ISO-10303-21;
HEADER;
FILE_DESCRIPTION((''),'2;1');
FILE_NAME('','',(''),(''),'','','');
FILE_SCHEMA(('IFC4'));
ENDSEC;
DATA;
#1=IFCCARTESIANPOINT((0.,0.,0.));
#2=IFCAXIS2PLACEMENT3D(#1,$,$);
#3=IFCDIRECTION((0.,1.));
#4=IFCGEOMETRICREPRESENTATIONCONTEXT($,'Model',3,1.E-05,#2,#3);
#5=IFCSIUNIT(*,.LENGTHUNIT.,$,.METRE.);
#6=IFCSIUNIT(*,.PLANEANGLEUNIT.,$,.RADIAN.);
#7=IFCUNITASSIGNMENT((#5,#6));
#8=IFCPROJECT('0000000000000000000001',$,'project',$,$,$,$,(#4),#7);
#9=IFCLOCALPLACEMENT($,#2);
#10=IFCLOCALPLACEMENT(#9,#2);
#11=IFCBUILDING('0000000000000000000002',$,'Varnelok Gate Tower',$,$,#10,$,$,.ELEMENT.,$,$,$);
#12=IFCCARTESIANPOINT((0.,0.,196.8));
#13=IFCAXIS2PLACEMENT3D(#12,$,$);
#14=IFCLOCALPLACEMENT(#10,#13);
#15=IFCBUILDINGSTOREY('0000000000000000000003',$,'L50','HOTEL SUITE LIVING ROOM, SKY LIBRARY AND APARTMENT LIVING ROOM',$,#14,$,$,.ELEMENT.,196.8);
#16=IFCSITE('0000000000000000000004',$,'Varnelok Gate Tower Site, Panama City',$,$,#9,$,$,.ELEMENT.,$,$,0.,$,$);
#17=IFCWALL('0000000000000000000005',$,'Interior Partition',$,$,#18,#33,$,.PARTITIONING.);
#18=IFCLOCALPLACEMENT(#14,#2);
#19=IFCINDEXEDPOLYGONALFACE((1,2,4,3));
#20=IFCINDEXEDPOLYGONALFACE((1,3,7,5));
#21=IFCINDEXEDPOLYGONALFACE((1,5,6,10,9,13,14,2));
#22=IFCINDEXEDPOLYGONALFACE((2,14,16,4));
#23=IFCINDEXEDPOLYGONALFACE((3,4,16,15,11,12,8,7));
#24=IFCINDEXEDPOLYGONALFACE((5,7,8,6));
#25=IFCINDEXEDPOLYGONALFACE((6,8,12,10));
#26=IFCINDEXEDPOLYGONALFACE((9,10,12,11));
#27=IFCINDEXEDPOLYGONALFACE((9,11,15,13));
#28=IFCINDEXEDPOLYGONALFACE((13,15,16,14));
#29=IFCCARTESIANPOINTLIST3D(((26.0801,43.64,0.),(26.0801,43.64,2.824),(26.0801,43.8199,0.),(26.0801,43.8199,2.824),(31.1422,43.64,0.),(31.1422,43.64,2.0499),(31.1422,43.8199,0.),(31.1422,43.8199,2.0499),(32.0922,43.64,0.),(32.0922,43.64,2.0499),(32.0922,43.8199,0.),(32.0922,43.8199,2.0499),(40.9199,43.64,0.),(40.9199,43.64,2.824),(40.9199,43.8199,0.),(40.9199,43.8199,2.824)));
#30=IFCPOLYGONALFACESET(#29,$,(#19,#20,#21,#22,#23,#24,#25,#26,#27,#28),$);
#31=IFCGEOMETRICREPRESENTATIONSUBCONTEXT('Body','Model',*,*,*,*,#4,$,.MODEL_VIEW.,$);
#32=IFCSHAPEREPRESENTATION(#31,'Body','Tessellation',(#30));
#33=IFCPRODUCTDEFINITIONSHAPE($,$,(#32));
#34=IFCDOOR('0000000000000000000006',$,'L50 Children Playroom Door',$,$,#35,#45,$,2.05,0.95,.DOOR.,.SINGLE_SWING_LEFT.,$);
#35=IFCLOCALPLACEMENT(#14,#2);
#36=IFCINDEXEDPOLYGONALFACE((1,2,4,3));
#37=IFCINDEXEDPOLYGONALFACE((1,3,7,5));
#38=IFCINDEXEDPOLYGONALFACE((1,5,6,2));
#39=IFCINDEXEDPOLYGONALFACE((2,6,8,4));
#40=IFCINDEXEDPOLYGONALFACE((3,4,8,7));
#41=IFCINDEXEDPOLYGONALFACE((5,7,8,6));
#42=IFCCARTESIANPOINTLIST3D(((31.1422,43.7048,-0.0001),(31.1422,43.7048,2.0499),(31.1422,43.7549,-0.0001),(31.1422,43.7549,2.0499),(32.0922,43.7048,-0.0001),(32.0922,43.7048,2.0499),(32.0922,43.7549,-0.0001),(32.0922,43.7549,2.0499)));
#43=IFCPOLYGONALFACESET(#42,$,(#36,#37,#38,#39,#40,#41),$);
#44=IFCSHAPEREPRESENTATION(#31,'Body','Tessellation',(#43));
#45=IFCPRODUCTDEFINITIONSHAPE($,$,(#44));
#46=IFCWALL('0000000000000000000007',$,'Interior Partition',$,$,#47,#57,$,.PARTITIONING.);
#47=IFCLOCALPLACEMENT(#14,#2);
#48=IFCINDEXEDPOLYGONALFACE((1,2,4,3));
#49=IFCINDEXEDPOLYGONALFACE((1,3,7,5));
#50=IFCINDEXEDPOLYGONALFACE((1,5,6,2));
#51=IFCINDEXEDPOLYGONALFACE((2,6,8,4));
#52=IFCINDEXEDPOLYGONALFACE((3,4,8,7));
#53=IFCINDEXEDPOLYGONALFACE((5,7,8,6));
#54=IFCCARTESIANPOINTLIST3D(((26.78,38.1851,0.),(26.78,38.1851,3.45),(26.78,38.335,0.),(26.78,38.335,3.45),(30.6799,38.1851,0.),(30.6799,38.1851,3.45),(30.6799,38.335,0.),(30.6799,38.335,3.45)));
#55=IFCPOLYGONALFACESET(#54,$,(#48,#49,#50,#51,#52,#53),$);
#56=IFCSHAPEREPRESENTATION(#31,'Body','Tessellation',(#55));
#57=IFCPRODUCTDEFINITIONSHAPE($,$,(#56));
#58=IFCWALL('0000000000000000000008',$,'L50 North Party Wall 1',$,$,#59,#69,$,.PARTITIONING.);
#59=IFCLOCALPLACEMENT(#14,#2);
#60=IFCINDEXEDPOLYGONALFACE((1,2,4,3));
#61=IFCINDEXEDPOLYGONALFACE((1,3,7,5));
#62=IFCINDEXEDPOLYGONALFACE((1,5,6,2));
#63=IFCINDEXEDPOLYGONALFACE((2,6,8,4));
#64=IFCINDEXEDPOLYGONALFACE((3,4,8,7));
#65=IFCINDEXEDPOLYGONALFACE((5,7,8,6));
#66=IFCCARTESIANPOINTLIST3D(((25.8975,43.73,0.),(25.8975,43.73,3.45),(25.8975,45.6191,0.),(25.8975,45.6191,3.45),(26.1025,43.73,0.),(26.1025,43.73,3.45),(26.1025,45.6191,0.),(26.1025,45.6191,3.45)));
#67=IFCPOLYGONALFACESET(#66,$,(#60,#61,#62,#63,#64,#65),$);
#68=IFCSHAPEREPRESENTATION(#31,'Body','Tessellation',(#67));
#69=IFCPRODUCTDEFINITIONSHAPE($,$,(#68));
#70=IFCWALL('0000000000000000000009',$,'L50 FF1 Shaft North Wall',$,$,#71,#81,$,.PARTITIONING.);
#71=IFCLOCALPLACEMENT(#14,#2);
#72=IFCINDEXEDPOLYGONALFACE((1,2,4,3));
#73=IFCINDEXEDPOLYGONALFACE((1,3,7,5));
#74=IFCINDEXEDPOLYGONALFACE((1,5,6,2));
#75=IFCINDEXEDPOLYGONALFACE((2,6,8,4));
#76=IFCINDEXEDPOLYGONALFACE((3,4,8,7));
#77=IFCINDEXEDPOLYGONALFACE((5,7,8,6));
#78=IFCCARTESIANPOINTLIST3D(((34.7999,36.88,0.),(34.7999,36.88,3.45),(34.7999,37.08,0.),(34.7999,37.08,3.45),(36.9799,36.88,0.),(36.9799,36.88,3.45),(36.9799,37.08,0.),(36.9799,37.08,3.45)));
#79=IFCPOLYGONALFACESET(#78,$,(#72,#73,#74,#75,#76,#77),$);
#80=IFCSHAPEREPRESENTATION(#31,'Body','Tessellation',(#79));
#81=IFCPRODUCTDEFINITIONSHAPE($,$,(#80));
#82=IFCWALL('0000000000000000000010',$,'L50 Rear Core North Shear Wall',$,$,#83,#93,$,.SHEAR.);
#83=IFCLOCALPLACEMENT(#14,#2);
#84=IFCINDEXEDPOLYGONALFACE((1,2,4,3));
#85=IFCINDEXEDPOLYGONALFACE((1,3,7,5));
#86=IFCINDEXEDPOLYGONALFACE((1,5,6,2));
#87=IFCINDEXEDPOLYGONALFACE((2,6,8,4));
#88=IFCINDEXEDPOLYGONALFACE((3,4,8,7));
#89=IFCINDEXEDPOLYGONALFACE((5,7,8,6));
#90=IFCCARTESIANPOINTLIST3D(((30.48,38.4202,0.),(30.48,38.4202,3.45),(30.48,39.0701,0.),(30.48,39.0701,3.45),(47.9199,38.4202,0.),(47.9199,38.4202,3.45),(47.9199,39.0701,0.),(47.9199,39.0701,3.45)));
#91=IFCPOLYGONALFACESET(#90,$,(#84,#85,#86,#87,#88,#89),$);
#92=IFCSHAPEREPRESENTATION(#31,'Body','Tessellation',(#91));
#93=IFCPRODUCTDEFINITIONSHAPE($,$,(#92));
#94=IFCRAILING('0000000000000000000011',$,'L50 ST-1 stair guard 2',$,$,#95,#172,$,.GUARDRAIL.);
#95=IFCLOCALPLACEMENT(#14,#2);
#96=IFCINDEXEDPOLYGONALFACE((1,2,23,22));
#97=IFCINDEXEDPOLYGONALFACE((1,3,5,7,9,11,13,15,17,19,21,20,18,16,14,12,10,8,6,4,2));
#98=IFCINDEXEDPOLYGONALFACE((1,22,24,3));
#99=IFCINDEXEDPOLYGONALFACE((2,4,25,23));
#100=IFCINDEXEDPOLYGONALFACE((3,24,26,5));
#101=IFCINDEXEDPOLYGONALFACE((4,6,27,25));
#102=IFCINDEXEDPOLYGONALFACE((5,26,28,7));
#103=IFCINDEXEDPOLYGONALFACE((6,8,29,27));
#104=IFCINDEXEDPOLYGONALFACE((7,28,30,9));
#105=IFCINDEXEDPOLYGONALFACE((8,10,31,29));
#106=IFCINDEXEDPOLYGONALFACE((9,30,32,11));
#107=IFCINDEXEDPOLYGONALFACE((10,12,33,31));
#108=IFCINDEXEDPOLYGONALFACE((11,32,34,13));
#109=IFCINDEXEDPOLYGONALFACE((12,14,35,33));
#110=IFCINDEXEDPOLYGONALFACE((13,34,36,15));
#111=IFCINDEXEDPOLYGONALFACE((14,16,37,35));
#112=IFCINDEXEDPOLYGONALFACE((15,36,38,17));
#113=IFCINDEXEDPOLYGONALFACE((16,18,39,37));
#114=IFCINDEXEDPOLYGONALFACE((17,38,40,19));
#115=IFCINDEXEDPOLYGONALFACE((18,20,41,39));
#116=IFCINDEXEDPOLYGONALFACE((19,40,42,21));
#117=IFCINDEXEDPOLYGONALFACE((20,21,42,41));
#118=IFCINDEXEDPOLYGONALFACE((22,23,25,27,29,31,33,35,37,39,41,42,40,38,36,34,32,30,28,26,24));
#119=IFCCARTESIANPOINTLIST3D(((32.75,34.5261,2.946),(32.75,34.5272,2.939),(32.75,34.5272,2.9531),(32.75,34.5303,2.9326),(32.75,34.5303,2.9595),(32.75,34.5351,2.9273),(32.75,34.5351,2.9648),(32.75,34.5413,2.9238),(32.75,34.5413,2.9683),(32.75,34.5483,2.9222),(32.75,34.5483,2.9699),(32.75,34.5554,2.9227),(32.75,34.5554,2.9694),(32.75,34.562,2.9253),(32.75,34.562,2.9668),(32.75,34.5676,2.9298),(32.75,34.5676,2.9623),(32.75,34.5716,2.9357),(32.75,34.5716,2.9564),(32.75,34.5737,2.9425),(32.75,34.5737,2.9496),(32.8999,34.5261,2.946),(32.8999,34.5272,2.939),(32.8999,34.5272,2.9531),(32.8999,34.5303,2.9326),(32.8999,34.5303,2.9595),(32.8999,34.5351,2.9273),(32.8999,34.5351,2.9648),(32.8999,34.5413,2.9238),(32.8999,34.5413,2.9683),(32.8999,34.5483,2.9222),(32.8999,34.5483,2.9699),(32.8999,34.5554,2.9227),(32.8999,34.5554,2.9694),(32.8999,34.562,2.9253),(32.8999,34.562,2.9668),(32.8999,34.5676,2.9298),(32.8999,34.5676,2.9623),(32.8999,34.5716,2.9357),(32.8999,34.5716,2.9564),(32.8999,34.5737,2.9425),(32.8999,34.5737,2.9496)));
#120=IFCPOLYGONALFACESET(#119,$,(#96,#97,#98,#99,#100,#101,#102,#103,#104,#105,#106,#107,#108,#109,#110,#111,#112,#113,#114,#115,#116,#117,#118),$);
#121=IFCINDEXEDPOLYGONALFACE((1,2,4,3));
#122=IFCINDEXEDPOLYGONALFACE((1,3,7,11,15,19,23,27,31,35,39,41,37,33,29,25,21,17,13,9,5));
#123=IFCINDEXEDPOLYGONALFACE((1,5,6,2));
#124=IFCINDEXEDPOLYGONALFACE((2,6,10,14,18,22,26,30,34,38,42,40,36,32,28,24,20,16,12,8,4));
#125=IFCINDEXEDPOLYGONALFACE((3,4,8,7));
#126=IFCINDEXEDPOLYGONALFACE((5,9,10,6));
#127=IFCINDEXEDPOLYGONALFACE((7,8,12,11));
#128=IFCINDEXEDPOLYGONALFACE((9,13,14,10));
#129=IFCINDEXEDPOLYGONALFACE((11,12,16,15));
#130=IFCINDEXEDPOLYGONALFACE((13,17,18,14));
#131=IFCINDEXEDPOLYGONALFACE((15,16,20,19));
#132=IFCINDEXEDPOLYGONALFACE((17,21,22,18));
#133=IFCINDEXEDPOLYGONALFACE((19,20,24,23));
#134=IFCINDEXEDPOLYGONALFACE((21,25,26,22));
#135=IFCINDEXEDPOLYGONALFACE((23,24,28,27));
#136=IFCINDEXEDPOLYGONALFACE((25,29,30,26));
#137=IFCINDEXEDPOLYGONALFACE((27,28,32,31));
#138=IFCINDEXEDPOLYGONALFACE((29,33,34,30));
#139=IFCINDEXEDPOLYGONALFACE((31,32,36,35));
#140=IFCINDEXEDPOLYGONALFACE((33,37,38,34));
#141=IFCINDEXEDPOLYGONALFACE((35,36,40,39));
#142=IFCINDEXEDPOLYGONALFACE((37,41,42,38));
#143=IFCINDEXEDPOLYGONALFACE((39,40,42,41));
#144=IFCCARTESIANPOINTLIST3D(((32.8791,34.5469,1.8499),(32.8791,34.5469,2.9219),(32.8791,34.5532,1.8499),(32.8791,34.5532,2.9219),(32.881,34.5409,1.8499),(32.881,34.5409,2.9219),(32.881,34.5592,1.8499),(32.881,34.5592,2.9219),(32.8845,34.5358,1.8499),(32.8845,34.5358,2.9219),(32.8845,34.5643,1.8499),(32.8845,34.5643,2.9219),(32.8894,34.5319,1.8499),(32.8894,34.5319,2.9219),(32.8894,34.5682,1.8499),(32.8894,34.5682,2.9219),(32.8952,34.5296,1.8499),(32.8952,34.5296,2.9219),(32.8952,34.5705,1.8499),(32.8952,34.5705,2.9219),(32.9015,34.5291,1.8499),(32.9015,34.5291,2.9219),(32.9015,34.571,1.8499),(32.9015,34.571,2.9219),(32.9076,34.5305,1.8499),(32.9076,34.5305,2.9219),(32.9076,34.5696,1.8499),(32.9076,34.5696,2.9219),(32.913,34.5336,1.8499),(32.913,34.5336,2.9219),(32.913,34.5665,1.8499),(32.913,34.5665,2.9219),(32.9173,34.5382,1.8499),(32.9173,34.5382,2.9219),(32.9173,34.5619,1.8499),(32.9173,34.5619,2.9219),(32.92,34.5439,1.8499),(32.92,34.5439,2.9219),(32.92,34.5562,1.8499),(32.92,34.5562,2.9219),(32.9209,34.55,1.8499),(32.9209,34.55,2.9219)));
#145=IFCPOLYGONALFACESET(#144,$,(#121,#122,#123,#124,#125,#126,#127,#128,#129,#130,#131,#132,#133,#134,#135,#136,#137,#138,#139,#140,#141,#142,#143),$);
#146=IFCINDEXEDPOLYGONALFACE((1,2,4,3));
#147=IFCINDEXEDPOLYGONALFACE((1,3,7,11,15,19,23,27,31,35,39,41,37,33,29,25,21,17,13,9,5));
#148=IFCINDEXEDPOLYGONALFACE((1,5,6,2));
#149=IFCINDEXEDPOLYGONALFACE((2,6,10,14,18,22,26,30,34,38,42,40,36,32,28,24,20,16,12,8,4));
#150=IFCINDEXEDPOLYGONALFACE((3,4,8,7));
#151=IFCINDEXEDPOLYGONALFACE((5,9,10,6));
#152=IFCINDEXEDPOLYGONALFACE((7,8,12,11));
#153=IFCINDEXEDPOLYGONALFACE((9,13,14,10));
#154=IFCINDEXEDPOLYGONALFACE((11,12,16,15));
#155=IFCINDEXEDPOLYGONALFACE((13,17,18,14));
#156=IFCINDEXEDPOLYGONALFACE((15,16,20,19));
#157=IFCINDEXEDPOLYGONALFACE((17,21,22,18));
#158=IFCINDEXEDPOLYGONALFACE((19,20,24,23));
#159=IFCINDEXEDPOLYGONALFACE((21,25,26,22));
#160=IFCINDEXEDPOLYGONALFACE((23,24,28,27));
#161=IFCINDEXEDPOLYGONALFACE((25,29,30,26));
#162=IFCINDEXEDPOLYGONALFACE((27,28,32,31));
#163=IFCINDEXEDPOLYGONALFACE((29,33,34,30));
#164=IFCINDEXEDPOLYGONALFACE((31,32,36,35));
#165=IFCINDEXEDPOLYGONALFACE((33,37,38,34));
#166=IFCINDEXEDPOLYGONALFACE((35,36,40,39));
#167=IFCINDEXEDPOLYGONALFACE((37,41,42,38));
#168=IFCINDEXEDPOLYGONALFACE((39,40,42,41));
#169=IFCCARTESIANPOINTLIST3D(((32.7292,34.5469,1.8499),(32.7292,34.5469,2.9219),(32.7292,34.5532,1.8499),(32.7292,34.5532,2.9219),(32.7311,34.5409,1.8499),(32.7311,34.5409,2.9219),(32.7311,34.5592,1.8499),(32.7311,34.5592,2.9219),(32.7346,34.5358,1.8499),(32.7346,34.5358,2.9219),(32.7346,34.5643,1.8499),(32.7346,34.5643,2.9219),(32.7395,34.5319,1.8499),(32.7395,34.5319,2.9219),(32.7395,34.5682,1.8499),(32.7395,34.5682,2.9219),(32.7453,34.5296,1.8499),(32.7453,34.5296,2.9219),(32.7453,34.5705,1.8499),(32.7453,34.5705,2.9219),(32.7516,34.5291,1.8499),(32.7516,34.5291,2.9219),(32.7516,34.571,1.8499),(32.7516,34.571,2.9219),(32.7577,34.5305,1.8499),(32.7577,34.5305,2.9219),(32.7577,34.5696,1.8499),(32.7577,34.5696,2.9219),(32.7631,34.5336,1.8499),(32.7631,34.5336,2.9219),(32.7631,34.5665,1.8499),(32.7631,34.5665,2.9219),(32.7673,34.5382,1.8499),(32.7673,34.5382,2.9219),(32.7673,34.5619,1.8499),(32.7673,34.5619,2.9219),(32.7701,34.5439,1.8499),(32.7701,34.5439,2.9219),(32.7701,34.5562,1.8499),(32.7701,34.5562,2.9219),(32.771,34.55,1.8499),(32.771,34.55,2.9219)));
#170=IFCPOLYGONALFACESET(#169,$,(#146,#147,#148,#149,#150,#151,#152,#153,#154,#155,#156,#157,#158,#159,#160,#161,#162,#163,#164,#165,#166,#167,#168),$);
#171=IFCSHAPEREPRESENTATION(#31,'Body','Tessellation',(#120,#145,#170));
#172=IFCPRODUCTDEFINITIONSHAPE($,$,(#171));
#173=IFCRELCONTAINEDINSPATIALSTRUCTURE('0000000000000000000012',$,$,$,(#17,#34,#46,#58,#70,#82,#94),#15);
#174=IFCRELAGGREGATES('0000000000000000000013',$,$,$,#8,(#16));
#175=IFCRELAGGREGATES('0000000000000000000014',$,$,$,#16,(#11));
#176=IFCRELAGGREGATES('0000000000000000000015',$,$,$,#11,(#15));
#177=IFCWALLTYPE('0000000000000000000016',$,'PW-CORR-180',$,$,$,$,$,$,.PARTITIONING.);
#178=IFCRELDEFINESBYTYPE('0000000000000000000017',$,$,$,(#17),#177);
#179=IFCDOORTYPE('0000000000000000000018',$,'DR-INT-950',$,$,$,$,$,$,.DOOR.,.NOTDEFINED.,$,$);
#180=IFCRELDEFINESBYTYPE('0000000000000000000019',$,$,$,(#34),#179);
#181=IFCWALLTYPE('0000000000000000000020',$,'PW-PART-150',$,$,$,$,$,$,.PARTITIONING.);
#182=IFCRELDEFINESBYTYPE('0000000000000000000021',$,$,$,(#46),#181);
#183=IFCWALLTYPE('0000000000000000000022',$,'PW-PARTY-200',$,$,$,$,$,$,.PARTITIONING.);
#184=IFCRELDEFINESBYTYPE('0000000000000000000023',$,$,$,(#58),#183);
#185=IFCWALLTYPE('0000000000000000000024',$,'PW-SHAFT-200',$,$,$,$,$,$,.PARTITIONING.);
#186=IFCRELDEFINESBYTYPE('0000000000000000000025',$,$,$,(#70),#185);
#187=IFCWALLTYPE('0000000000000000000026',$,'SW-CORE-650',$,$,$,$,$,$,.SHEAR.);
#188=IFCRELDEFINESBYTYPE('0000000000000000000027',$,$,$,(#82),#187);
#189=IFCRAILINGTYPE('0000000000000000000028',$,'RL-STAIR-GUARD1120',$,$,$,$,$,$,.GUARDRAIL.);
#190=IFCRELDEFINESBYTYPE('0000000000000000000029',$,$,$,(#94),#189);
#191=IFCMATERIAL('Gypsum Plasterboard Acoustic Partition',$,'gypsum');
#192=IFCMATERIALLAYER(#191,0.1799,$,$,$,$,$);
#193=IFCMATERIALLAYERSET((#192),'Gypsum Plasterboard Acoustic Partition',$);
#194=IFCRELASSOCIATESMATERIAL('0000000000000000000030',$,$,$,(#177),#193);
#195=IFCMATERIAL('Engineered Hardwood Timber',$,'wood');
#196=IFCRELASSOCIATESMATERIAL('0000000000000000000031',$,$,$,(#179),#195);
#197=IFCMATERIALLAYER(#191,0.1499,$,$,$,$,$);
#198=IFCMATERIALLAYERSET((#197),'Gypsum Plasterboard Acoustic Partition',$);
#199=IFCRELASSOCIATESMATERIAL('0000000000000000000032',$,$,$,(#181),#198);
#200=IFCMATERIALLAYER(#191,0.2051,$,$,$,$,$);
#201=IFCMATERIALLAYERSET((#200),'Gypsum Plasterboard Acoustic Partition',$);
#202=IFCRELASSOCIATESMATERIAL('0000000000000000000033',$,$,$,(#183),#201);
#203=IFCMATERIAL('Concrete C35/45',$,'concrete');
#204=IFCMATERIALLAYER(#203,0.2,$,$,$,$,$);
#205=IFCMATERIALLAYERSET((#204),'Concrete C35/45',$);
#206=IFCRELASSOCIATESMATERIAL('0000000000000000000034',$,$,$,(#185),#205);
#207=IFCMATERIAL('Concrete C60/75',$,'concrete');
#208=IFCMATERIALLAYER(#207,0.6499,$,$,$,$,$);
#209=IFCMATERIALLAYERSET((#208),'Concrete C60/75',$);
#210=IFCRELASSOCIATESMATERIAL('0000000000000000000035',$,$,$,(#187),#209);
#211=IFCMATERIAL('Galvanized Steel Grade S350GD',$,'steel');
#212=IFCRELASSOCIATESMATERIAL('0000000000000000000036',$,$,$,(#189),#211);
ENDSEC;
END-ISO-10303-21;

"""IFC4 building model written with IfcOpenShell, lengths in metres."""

from ifc_helpers import new_model, si_unit, direction, frame, frame_2d, origin, origin_2d, place, context, subcontext, project, spatial, rectangle, circle, extrude, material, layer, layer_set, type_object, element, fill, save


model = new_model("IFC4")

# Units and contexts
model_context = context("Model", 3, precision=1e-05, world=origin(), true_north=direction((0.0, 1.0)))
body_context = subcontext(model_context, "Body", "Model", "MODEL_VIEW")
ifc_project = project(units=[si_unit("LENGTHUNIT", "METRE"), si_unit("PLANEANGLEUNIT", "RADIAN")], contexts=[model_context])

# Site, building, storey
site_placement = place(None, origin())
site = spatial("IfcSite", under=ifc_project, at=site_placement, Name="Varnelok Gate Tower Site, Panama City", CompositionType="ELEMENT", RefElevation=0.0)
building_placement = place(site_placement, origin())
building = spatial("IfcBuilding", under=site, at=building_placement, Name="Varnelok Gate Tower", CompositionType="ELEMENT")
storey_placement = place(building_placement, frame((0.0, 0.0, 196.8)))
storey = spatial("IfcBuildingStorey", under=building, at=storey_placement, Name="L50", Description="HOTEL SUITE LIVING ROOM, SKY LIBRARY AND APARTMENT LIVING ROOM", CompositionType="ELEMENT", Elevation=196.8)

# Shared definitions
ifc_material_1 = material(Name="Concrete C60/75", Category="concrete")

# Wall, opening, door
ifc_material_2 = material(Name="Gypsum Plasterboard Acoustic Partition", Category="gypsum")
ifc_layer_1 = layer(ifc_material_2, 0.1799)
ifc_layer_set_1 = layer_set([ifc_layer_1], Name="Gypsum Plasterboard Acoustic Partition")
wall_type_1 = type_object("IfcWallType", Name="PW-CORR-180", PredefinedType="PARTITIONING", material=ifc_layer_set_1)
wall_1_placement = place(storey_placement, frame((26.0801, 43.73, 0.0), z_axis=(0.0, 0.0, 1.0), x_axis=(1.0, 0.0, 0.0)))
wall_1 = element("IfcWall", 1, at=wall_1_placement, inside=storey, type_object=wall_type_1, Name="Interior Partition", PredefinedType="PARTITIONING", context=body_context, shape_type="SweptSolid", body=[
    extrude(rectangle(XDim=14.8398, YDim=0.1799, at=frame_2d((7.4199, 0.0))), origin(), (0.0, 0.0, 1.0), 2.824),
])
opening_1_placement = place(wall_1_placement, frame((5.062, 0.0, 0.0)))
opening_1 = element("IfcOpeningElement", 2, at=opening_1_placement, cuts=wall_1, PredefinedType="OPENING", context=body_context, shape_type="SweptSolid", body=[
    extrude(rectangle(XDim=0.95, YDim=2.05, at=frame_2d((0.4751, 1.0249))), frame((0.0, 0.0999, 0.0), z_axis=(0.0, -1.0, 0.0), x_axis=(1.0, 0.0, 0.0)), (0.0, 0.0, 1.0), 0.2),
])
ifc_material_3 = material(Name="Engineered Hardwood Timber", Category="wood")
door_type_1 = type_object("IfcDoorType", Name="DR-INT-950", OperationType="NOTDEFINED", PredefinedType="DOOR", material=ifc_material_3)
door_1_placement = place(opening_1_placement, origin())
door_1 = element("IfcDoor", 3, at=door_1_placement, inside=storey, type_object=door_type_1, Name="L50 Children Playroom Door", OperationType="SINGLE_SWING_LEFT", OverallHeight=2.05, OverallWidth=0.95, PredefinedType="DOOR", context=body_context, shape_type="SweptSolid", body=[
    extrude(rectangle(XDim=0.95, YDim=2.05, at=frame_2d((0.4751, 1.0249))), frame((0.0, 0.0249, 0.0), z_axis=(0.0, -1.0, 0.0), x_axis=(1.0, 0.0, 0.0)), (0.0, 0.0, 1.0), 0.05),
])
fill(opening_1, door_1)

# Walls
ifc_layer_2 = layer(ifc_material_2, 0.1499)
ifc_layer_set_2 = layer_set([ifc_layer_2], Name="Gypsum Plasterboard Acoustic Partition")
wall_type_2 = type_object("IfcWallType", Name="PW-PART-150", PredefinedType="PARTITIONING", material=ifc_layer_set_2)
wall_2_placement = place(storey_placement, frame((26.78, 38.26, 0.0), z_axis=(0.0, 0.0, 1.0), x_axis=(1.0, 0.0, 0.0)))
element("IfcWall", 4, at=wall_2_placement, inside=storey, type_object=wall_type_2, Name="Interior Partition", PredefinedType="PARTITIONING", context=body_context, shape_type="SweptSolid", body=[
    extrude(rectangle(XDim=3.8999, YDim=0.1499, at=frame_2d((1.95, 0.0))), origin(), (0.0, 0.0, 1.0), 3.45),
])
ifc_layer_3 = layer(ifc_material_2, 0.2051)
ifc_layer_set_3 = layer_set([ifc_layer_3], Name="Gypsum Plasterboard Acoustic Partition")
wall_type_3 = type_object("IfcWallType", Name="PW-PARTY-200", PredefinedType="PARTITIONING", material=ifc_layer_set_3)
wall_3_placement = place(storey_placement, frame((26.0, 43.73, 0.0), z_axis=(0.0, 0.0, 1.0), x_axis=(0.0, 1.0, 0.0)))
element("IfcWall", 5, at=wall_3_placement, inside=storey, type_object=wall_type_3, Name="L50 North Party Wall 1", PredefinedType="PARTITIONING", context=body_context, shape_type="SweptSolid", body=[
    extrude(rectangle(XDim=1.8892, YDim=0.2051, at=frame_2d((0.9446, 0.0))), origin(), (0.0, 0.0, 1.0), 3.45),
])
ifc_material_4 = material(Name="Concrete C35/45", Category="concrete")
ifc_layer_4 = layer(ifc_material_4, 0.2)
ifc_layer_set_4 = layer_set([ifc_layer_4], Name="Concrete C35/45")
wall_type_4 = type_object("IfcWallType", Name="PW-SHAFT-200", PredefinedType="PARTITIONING", material=ifc_layer_set_4)
wall_4_placement = place(storey_placement, frame((34.8, 36.98, 0.0), z_axis=(0.0, 0.0, 1.0), x_axis=(1.0, 0.0, 0.0)))
element("IfcWall", 6, at=wall_4_placement, inside=storey, type_object=wall_type_4, Name="L50 FF1 Shaft North Wall", PredefinedType="PARTITIONING", context=body_context, shape_type="SweptSolid", body=[
    extrude(rectangle(XDim=2.1799, YDim=0.2, at=frame_2d((1.0898, 0.0))), origin(), (0.0, 0.0, 1.0), 3.45),
])
ifc_layer_5 = layer(ifc_material_1, 0.6499)
ifc_layer_set_5 = layer_set([ifc_layer_5], Name="Concrete C60/75")
wall_type_5 = type_object("IfcWallType", Name="SW-CORE-650", PredefinedType="SHEAR", material=ifc_layer_set_5)
wall_5_placement = place(storey_placement, frame((30.48, 38.7451, 0.0), z_axis=(0.0, 0.0, 1.0), x_axis=(1.0, 0.0, 0.0)))
element("IfcWall", 7, at=wall_5_placement, inside=storey, type_object=wall_type_5, Name="L50 Rear Core North Shear Wall", PredefinedType="SHEAR", context=body_context, shape_type="SweptSolid", body=[
    extrude(rectangle(XDim=17.4399, YDim=0.6499, at=frame_2d((8.72, 0.0))), origin(), (0.0, 0.0, 1.0), 3.45),
])

# Railing
ifc_material_5 = material(Name="Galvanized Steel Grade S350GD", Category="steel")
railing_type_1 = type_object("IfcRailingType", Name="RL-STAIR-GUARD1120", PredefinedType="GUARDRAIL", material=ifc_material_5)
railing_1_placement = place(storey_placement, frame((32.8999, 34.55, 1.8499)))
element("IfcRailing", 8, at=railing_1_placement, inside=storey, type_object=railing_type_1, Name="L50 ST-1 stair guard 2", PredefinedType="GUARDRAIL", context=body_context, shape_type="SweptSolid", body=[
    extrude(circle(Radius=0.0239, at=origin_2d()), frame((0.0, 0.0, 1.0962), z_axis=(-1.0, 0.0, 0.0), x_axis=(0.0, -1.0, 0.0)), (0.0, 0.0, 1.0), 0.1499),
    extrude(circle(Radius=0.021, at=origin_2d()), origin(), (0.0, 0.0, 1.0), 1.072),
    extrude(circle(Radius=0.021, at=origin_2d()), frame((-0.1499, 0.0, 0.0)), (0.0, 0.0, 1.0), 1.072),
])

save(model, "model.ifc")
